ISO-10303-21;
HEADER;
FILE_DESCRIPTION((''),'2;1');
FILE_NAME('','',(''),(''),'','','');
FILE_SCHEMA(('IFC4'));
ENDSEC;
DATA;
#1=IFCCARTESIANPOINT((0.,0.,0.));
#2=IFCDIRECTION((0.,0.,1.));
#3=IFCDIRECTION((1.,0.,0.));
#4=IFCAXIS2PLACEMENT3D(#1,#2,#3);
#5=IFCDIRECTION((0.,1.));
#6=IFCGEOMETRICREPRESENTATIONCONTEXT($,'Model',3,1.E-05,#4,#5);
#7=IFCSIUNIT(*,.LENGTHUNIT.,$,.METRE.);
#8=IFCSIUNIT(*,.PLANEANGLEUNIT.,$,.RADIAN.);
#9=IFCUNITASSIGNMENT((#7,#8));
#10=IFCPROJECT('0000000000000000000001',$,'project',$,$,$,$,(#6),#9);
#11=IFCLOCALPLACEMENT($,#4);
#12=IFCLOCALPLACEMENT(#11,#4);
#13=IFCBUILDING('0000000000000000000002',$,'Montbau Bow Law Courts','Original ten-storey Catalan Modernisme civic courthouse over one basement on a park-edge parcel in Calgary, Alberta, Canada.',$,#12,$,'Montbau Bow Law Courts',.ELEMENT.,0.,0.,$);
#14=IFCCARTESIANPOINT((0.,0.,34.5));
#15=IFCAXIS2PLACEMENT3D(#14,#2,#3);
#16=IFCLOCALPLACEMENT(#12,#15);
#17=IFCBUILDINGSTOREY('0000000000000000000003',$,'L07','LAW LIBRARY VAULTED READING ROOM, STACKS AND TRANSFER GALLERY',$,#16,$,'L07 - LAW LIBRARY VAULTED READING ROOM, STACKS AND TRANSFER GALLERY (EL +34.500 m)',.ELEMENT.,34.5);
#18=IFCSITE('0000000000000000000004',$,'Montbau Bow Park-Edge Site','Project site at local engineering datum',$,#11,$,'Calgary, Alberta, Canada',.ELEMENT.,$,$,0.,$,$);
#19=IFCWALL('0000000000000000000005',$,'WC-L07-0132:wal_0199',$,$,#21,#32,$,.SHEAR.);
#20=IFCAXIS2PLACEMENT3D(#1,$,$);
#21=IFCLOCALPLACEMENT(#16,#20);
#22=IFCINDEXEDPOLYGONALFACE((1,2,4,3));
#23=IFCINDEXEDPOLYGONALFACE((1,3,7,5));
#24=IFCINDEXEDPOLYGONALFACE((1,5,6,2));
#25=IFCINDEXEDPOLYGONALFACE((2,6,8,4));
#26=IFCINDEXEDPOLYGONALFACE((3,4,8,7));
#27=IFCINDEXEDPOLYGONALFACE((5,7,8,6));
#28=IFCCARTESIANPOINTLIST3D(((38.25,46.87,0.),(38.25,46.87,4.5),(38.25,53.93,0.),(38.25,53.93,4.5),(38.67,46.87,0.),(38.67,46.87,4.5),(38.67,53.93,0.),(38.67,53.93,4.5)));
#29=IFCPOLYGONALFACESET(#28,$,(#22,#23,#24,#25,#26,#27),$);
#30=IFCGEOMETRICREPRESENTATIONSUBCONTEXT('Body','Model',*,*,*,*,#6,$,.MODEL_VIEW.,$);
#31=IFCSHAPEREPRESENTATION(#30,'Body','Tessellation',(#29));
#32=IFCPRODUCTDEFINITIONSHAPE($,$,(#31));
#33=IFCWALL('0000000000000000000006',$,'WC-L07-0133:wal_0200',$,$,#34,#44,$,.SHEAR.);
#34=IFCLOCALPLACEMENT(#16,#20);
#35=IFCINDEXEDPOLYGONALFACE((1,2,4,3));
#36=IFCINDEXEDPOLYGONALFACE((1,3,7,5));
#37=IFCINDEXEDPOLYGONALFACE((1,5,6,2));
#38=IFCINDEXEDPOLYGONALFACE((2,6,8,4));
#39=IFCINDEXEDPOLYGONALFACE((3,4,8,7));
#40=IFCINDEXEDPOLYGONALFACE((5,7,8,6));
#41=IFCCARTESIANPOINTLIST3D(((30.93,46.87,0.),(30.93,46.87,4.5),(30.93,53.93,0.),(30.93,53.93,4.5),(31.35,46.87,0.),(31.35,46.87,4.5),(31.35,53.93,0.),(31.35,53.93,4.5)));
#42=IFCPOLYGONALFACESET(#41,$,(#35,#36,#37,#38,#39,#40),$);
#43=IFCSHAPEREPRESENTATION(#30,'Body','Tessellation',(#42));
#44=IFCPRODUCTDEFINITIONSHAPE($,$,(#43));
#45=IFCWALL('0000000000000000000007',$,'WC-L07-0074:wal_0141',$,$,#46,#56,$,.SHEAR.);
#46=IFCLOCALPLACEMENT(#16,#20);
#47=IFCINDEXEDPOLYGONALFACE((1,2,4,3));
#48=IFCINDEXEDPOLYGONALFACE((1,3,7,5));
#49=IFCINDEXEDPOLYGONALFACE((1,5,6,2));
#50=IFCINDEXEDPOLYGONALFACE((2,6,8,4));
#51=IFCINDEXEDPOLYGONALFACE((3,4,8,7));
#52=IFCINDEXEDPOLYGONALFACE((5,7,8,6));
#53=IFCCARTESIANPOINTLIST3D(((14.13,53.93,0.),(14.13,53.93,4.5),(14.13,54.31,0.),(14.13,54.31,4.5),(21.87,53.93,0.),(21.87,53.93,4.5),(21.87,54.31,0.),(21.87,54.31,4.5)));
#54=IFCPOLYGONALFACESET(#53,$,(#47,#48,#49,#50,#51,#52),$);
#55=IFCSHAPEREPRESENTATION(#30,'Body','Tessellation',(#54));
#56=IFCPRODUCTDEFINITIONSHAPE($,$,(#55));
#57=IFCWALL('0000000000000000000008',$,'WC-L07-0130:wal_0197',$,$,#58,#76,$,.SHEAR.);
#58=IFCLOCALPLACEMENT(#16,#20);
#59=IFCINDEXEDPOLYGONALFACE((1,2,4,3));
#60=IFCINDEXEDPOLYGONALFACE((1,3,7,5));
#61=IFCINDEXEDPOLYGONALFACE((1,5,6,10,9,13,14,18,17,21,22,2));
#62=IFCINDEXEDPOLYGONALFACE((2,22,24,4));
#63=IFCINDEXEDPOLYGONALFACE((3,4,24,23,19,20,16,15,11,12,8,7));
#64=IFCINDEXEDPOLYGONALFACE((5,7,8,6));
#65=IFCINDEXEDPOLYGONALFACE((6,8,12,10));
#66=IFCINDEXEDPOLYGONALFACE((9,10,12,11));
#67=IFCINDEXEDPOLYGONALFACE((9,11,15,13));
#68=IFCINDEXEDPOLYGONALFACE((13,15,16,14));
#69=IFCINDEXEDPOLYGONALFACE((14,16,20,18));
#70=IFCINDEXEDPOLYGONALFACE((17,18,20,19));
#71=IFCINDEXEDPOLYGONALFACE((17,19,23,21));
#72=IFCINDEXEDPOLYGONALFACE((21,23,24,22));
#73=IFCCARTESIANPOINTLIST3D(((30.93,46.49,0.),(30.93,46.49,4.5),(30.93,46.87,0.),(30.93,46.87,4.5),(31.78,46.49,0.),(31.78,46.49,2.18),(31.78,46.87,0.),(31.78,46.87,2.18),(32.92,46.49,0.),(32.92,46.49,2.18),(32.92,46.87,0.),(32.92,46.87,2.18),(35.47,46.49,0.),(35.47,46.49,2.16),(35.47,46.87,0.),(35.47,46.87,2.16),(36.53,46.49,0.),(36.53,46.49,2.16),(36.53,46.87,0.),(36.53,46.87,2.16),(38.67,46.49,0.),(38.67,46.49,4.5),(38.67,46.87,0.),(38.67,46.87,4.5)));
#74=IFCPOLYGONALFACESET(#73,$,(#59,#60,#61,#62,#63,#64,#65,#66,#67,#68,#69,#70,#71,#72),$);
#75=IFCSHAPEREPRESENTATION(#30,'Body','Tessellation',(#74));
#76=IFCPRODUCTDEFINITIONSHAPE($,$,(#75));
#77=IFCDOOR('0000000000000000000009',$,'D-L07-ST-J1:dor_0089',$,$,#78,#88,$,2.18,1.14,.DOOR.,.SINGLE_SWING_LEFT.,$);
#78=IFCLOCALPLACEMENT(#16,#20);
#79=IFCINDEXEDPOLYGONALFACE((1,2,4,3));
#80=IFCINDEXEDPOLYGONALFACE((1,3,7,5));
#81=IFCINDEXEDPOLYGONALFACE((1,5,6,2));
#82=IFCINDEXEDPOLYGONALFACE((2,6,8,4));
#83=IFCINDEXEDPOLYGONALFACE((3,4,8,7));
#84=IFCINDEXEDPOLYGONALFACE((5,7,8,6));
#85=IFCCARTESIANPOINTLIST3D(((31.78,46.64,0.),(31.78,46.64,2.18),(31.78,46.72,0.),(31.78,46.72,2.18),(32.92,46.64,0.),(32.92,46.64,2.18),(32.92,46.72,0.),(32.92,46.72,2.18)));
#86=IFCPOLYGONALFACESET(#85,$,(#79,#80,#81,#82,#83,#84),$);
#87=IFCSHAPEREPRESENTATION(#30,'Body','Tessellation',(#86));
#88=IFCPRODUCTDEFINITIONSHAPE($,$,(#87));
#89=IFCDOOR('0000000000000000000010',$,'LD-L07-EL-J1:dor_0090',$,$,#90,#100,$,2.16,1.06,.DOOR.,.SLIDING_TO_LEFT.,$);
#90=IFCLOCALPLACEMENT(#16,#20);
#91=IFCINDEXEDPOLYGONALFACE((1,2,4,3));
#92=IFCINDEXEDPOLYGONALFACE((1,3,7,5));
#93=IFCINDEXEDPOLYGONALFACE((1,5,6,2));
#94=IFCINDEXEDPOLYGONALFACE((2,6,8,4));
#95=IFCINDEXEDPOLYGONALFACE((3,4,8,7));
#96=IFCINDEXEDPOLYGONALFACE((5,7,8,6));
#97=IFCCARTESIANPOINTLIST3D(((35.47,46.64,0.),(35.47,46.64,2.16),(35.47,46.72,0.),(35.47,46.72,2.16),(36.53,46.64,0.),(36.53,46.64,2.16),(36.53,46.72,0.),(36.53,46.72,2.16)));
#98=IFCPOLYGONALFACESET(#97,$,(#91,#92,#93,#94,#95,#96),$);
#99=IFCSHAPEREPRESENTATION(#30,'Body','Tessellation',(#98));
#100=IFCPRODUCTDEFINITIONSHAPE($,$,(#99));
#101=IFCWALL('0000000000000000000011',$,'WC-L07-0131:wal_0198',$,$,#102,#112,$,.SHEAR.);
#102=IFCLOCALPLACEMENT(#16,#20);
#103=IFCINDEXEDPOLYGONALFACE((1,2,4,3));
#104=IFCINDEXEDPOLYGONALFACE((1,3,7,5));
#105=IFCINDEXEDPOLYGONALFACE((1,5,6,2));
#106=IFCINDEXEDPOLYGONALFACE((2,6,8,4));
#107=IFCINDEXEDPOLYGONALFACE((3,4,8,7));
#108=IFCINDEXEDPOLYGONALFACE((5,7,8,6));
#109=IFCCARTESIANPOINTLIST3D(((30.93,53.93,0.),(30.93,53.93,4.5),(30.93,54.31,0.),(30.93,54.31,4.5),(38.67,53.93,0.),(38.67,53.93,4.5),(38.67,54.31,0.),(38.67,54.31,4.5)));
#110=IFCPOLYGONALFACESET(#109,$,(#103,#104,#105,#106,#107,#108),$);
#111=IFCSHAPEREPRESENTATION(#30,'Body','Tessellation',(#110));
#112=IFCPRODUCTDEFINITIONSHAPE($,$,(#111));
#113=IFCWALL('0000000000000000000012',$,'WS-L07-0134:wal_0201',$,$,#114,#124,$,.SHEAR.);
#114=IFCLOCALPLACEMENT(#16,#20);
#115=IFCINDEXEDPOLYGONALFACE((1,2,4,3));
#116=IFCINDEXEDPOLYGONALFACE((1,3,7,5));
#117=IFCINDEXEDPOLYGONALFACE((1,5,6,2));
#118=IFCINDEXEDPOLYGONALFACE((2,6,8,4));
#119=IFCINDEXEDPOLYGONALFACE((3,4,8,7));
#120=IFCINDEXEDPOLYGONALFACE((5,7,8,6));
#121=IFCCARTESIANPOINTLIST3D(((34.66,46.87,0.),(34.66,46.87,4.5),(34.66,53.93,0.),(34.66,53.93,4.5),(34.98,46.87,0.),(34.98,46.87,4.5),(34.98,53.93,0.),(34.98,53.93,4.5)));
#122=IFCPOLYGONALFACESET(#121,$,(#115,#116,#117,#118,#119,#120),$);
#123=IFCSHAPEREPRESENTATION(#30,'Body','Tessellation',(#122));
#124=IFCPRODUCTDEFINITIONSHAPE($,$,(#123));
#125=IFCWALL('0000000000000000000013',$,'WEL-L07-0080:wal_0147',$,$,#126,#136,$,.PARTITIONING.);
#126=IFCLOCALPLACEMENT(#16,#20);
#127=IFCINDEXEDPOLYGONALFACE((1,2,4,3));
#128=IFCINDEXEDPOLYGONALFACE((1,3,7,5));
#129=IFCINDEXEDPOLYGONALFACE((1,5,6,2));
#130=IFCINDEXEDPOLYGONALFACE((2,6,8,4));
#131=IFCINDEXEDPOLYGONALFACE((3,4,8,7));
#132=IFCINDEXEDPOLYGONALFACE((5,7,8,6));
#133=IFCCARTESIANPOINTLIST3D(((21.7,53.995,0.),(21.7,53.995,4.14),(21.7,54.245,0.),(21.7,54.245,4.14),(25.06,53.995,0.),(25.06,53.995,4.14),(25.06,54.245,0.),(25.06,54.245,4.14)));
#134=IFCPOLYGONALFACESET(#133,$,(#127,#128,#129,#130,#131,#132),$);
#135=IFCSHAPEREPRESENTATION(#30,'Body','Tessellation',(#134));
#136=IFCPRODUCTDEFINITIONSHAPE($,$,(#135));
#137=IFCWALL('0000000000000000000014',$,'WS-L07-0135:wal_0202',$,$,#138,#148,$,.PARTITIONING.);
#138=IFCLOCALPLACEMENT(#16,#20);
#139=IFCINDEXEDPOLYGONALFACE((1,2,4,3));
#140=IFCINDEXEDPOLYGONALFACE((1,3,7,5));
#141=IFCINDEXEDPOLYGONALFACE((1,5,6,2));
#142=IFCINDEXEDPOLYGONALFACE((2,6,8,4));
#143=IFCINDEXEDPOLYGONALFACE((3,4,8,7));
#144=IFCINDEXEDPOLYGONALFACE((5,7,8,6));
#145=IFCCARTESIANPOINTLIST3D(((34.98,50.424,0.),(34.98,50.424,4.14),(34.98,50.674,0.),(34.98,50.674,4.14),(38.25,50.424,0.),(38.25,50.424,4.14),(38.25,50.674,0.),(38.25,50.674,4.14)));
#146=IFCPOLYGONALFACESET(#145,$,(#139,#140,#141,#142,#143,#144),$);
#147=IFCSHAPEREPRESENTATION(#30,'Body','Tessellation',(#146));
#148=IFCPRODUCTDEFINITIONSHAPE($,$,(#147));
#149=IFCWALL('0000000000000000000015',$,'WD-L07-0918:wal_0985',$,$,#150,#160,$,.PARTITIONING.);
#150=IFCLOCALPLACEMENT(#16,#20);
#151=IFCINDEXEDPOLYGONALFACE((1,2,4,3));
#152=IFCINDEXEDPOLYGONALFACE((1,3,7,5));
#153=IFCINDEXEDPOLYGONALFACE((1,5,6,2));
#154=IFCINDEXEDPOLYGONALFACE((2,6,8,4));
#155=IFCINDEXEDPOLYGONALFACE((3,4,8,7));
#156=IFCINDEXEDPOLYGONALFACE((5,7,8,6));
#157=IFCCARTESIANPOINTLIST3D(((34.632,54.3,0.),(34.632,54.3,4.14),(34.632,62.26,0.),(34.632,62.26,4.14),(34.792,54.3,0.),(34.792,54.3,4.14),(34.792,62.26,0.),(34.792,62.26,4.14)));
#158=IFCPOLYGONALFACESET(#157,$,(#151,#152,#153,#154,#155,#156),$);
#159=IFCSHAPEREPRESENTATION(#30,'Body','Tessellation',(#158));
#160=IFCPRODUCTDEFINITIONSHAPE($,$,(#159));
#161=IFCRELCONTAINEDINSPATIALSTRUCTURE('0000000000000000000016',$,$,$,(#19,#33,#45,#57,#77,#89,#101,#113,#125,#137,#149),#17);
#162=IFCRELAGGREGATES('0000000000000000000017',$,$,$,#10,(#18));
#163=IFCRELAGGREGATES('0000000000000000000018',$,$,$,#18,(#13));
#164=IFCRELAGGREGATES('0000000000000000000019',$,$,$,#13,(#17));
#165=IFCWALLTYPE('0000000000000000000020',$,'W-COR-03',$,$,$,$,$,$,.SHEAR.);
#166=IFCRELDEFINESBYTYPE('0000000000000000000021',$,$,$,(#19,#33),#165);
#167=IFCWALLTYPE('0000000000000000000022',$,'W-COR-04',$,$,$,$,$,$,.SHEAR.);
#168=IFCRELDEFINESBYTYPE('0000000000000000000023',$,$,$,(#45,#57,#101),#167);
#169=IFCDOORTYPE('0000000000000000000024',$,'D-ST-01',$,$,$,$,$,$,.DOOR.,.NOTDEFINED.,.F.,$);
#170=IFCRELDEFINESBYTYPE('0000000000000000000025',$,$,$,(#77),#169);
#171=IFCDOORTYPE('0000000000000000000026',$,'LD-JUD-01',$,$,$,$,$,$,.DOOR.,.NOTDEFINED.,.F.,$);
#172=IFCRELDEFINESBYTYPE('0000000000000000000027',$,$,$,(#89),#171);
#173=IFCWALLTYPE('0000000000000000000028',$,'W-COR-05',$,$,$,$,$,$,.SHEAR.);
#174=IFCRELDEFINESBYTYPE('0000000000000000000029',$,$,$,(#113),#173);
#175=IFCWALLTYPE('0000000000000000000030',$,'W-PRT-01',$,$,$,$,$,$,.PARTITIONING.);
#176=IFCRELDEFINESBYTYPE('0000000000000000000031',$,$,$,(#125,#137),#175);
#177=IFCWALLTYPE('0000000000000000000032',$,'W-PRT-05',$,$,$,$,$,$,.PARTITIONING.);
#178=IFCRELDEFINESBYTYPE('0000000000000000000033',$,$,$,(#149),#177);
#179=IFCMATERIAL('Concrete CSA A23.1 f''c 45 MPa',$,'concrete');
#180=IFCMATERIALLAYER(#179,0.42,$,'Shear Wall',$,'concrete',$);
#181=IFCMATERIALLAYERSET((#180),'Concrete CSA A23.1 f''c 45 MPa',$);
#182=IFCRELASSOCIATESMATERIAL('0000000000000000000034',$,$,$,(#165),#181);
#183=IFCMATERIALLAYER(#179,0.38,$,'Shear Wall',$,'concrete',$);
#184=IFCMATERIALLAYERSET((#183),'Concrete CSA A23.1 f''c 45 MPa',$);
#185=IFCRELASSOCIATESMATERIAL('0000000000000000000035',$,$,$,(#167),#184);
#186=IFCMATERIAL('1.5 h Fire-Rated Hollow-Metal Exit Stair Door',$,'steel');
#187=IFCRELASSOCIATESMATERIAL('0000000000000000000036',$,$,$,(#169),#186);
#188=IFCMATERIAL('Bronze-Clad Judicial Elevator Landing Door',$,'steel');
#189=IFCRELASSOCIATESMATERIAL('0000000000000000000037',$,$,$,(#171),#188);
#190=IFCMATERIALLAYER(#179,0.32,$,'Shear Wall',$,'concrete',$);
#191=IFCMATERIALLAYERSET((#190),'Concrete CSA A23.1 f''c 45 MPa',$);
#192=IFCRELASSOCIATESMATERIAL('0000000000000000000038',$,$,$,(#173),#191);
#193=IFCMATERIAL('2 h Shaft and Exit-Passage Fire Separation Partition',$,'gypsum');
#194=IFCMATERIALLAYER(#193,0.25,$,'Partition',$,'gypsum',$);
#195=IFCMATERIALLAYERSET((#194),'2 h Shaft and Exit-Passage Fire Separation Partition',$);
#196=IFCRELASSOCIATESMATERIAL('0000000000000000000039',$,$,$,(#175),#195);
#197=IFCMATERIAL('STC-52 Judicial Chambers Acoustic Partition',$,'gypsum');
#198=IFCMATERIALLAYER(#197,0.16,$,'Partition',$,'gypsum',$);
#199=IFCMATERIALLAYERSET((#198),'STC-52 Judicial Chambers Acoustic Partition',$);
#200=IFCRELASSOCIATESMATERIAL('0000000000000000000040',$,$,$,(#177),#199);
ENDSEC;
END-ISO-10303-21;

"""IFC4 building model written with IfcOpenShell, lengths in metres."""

from ifc_helpers import new_model, si_unit, direction, frame, frame_2d, origin_with_axes, place, context, subcontext, project, spatial, rectangle, extrude, material, layer, layer_set, type_object, element, fill, save


model = new_model("IFC4")

# Units and contexts
model_context = context("Model", 3, precision=1e-05, world=origin_with_axes(), true_north=direction((0.0, 1.0)))
body_context = subcontext(model_context, "Body", "Model", "MODEL_VIEW")
ifc_project = project(units=[si_unit("LENGTHUNIT", "METRE"), si_unit("PLANEANGLEUNIT", "RADIAN")], contexts=[model_context])

# Site, building, storey
site_placement = place(None, origin_with_axes())
site = spatial("IfcSite", under=ifc_project, at=site_placement, Name="Montbau Bow Park-Edge Site", Description="Project site at local engineering datum", LongName="Calgary, Alberta, Canada", CompositionType="ELEMENT", RefElevation=0.0)
building_placement = place(site_placement, origin_with_axes())
building = spatial("IfcBuilding", under=site, at=building_placement, Name="Montbau Bow Law Courts", Description="Original ten-storey Catalan Modernisme civic courthouse over one basement on a park-edge parcel in Calgary, Alberta, Canada.", LongName="Montbau Bow Law Courts", CompositionType="ELEMENT", ElevationOfRefHeight=0.0, ElevationOfTerrain=0.0)
storey_placement = place(building_placement, frame((0.0, 0.0, 34.5), z_axis=(0.0, 0.0, 1.0), x_axis=(1.0, 0.0, 0.0)))
storey = spatial("IfcBuildingStorey", under=building, at=storey_placement, Name="L07", Description="LAW LIBRARY VAULTED READING ROOM, STACKS AND TRANSFER GALLERY", LongName="L07 - LAW LIBRARY VAULTED READING ROOM, STACKS AND TRANSFER GALLERY (EL +34.500 m)", CompositionType="ELEMENT", Elevation=34.5)

# Walls
ifc_material_1 = material(Name="Concrete CSA A23.1 f'c 45 MPa", Category="concrete")
ifc_layer_1 = layer(ifc_material_1, 0.42, Name="Shear Wall", Category="concrete")
ifc_layer_set_1 = layer_set([ifc_layer_1], Name="Concrete CSA A23.1 f'c 45 MPa")
wall_type_1 = type_object("IfcWallType", Name="W-COR-03", PredefinedType="SHEAR", material=ifc_layer_set_1)
for number, where, z_axis, x_axis, name in (
    (1, (38.46, 46.87, 34.5), (0.0, 0.0, 1.0), (0.0, 1.0, 0.0), "WC-L07-0132:wal_0199"),
    (2, (31.14, 53.93, 34.5), (0.0, 0.0, 1.0), (0.0, -1.0, 0.0), "WC-L07-0133:wal_0200"),
):
    element("IfcWall", number, at=place(None, frame(where, z_axis=z_axis, x_axis=x_axis)), inside=storey, type_object=wall_type_1, Name=name, PredefinedType="SHEAR", context=body_context, shape_type="SweptSolid", body=[
        extrude(rectangle(XDim=7.06, YDim=0.42, at=frame_2d((3.53, 0.0), x_axis=(1.0, 0.0))), origin_with_axes(), (0.0, 0.0, 1.0), 4.5),
    ])
ifc_layer_2 = layer(ifc_material_1, 0.38, Name="Shear Wall", Category="concrete")
ifc_layer_set_2 = layer_set([ifc_layer_2], Name="Concrete CSA A23.1 f'c 45 MPa")
wall_type_2 = type_object("IfcWallType", Name="W-COR-04", PredefinedType="SHEAR", material=ifc_layer_set_2)
wall_1_placement = place(None, frame((21.87, 54.12, 34.5), z_axis=(0.0, 0.0, 1.0), x_axis=(-1.0, 0.0, 0.0)))
element("IfcWall", 3, at=wall_1_placement, inside=storey, type_object=wall_type_2, Name="WC-L07-0074:wal_0141", PredefinedType="SHEAR", context=body_context, shape_type="SweptSolid", body=[
    extrude(rectangle(XDim=7.74, YDim=0.38, at=frame_2d((3.87, 0.0), x_axis=(1.0, 0.0))), origin_with_axes(), (0.0, 0.0, 1.0), 4.5),
])

# Wall, openings, doors
wall_2_placement = place(None, frame((30.93, 46.68, 34.5), z_axis=(0.0, 0.0, 1.0), x_axis=(1.0, 0.0, 0.0)))
wall_2 = element("IfcWall", 4, at=wall_2_placement, inside=storey, type_object=wall_type_2, Name="WC-L07-0130:wal_0197", PredefinedType="SHEAR", context=body_context, shape_type="SweptSolid", body=[
    extrude(rectangle(XDim=7.74, YDim=0.38, at=frame_2d((3.87, 0.0), x_axis=(1.0, 0.0))), origin_with_axes(), (0.0, 0.0, 1.0), 4.5),
])
opening_1_placement = place(None, frame((32.35, 46.68, 34.5), z_axis=(0.0, 0.0, 1.0), x_axis=(1.0, 0.0, 0.0)))
opening_1 = element("IfcOpeningElement", 5, at=opening_1_placement, cuts=wall_2, PredefinedType="OPENING", context=body_context, shape_type="SweptSolid", body=[
    extrude(rectangle(XDim=1.14, YDim=2.18, at=frame_2d((0.0, 1.09), x_axis=(1.0, 0.0))), frame((0.0, 0.2, 0.0), z_axis=(0.0, -1.0, 0.0), x_axis=(1.0, 0.0, 0.0)), (0.0, 0.0, 1.0), 0.4),
])
opening_2_placement = place(None, frame((36.0, 46.68, 34.5), z_axis=(0.0, 0.0, 1.0), x_axis=(1.0, 0.0, 0.0)))
opening_2 = element("IfcOpeningElement", 6, at=opening_2_placement, cuts=wall_2, PredefinedType="OPENING", context=body_context, shape_type="SweptSolid", body=[
    extrude(rectangle(XDim=1.06, YDim=2.16, at=frame_2d((0.0, 1.08), x_axis=(1.0, 0.0))), frame((0.0, 0.2, 0.0), z_axis=(0.0, -1.0, 0.0), x_axis=(1.0, 0.0, 0.0)), (0.0, 0.0, 1.0), 0.4),
])
ifc_material_2 = material(Name="1.5 h Fire-Rated Hollow-Metal Exit Stair Door", Category="steel")
door_type_1 = type_object("IfcDoorType", Name="D-ST-01", OperationType="NOTDEFINED", ParameterTakesPrecedence=False, PredefinedType="DOOR", material=ifc_material_2)
door_1_placement = place(None, frame((32.35, 46.68, 34.5), z_axis=(0.0, 0.0, 1.0), x_axis=(-1.0, 0.0, 0.0)))
door_1 = element("IfcDoor", 7, at=door_1_placement, inside=storey, type_object=door_type_1, Name="D-L07-ST-J1:dor_0089", OperationType="SINGLE_SWING_LEFT", OverallHeight=2.18, OverallWidth=1.14, PredefinedType="DOOR", context=body_context, shape_type="SweptSolid", body=[
    extrude(rectangle(XDim=1.14, YDim=2.18, at=frame_2d((0.0, 1.09), x_axis=(1.0, 0.0))), frame((0.0, 0.04, 0.0), z_axis=(0.0, -1.0, 0.0), x_axis=(1.0, 0.0, 0.0)), (0.0, 0.0, 1.0), 0.08),
])
fill(opening_1, door_1)
ifc_material_3 = material(Name="Bronze-Clad Judicial Elevator Landing Door", Category="steel")
door_type_2 = type_object("IfcDoorType", Name="LD-JUD-01", OperationType="NOTDEFINED", ParameterTakesPrecedence=False, PredefinedType="DOOR", material=ifc_material_3)
door_2_placement = place(None, frame((36.0, 46.68, 34.5), z_axis=(0.0, 0.0, 1.0), x_axis=(-1.0, 0.0, 0.0)))
door_2 = element("IfcDoor", 8, at=door_2_placement, inside=storey, type_object=door_type_2, Name="LD-L07-EL-J1:dor_0090", OperationType="SLIDING_TO_LEFT", OverallHeight=2.16, OverallWidth=1.06, PredefinedType="DOOR", context=body_context, shape_type="SweptSolid", body=[
    extrude(rectangle(XDim=1.06, YDim=2.16, at=frame_2d((0.0, 1.08), x_axis=(1.0, 0.0))), frame((0.0, 0.04, 0.0), z_axis=(0.0, -1.0, 0.0), x_axis=(1.0, 0.0, 0.0)), (0.0, 0.0, 1.0), 0.08),
])
fill(opening_2, door_2)

# Walls
wall_3_placement = place(None, frame((38.67, 54.12, 34.5), z_axis=(0.0, 0.0, 1.0), x_axis=(-1.0, 0.0, 0.0)))
element("IfcWall", 9, at=wall_3_placement, inside=storey, type_object=wall_type_2, Name="WC-L07-0131:wal_0198", PredefinedType="SHEAR", context=body_context, shape_type="SweptSolid", body=[
    extrude(rectangle(XDim=7.74, YDim=0.38, at=frame_2d((3.87, 0.0), x_axis=(1.0, 0.0))), origin_with_axes(), (0.0, 0.0, 1.0), 4.5),
])
ifc_layer_3 = layer(ifc_material_1, 0.32, Name="Shear Wall", Category="concrete")
ifc_layer_set_3 = layer_set([ifc_layer_3], Name="Concrete CSA A23.1 f'c 45 MPa")
wall_type_3 = type_object("IfcWallType", Name="W-COR-05", PredefinedType="SHEAR", material=ifc_layer_set_3)
wall_4_placement = place(None, frame((34.82, 46.87, 34.5), z_axis=(0.0, 0.0, 1.0), x_axis=(0.0, 1.0, 0.0)))
element("IfcWall", 10, at=wall_4_placement, inside=storey, type_object=wall_type_3, Name="WS-L07-0134:wal_0201", PredefinedType="SHEAR", context=body_context, shape_type="SweptSolid", body=[
    extrude(rectangle(XDim=7.06, YDim=0.32, at=frame_2d((3.53, 0.0), x_axis=(1.0, 0.0))), origin_with_axes(), (0.0, 0.0, 1.0), 4.5),
])
ifc_material_4 = material(Name="2 h Shaft and Exit-Passage Fire Separation Partition", Category="gypsum")
ifc_layer_4 = layer(ifc_material_4, 0.25, Name="Partition", Category="gypsum")
ifc_layer_set_4 = layer_set([ifc_layer_4], Name="2 h Shaft and Exit-Passage Fire Separation Partition")
wall_type_4 = type_object("IfcWallType", Name="W-PRT-01", PredefinedType="PARTITIONING", material=ifc_layer_set_4)
wall_5_placement = place(None, frame((21.7, 54.12, 34.5), z_axis=(0.0, 0.0, 1.0), x_axis=(1.0, 0.0, 0.0)))
element("IfcWall", 11, at=wall_5_placement, inside=storey, type_object=wall_type_4, Name="WEL-L07-0080:wal_0147", PredefinedType="PARTITIONING", context=body_context, shape_type="SweptSolid", body=[
    extrude(rectangle(XDim=3.36, YDim=0.25, at=frame_2d((1.68, 0.0), x_axis=(1.0, 0.0))), origin_with_axes(), (0.0, 0.0, 1.0), 4.14),
])
wall_6_placement = place(None, frame((34.98, 50.549, 34.5), z_axis=(0.0, 0.0, 1.0), x_axis=(1.0, 0.0, 0.0)))
element("IfcWall", 12, at=wall_6_placement, inside=storey, type_object=wall_type_4, Name="WS-L07-0135:wal_0202", PredefinedType="PARTITIONING", context=body_context, shape_type="SweptSolid", body=[
    extrude(rectangle(XDim=3.27, YDim=0.25, at=frame_2d((1.635, 0.0), x_axis=(1.0, 0.0))), origin_with_axes(), (0.0, 0.0, 1.0), 4.14),
])
ifc_material_5 = material(Name="STC-52 Judicial Chambers Acoustic Partition", Category="gypsum")
ifc_layer_5 = layer(ifc_material_5, 0.16, Name="Partition", Category="gypsum")
ifc_layer_set_5 = layer_set([ifc_layer_5], Name="STC-52 Judicial Chambers Acoustic Partition")
wall_type_5 = type_object("IfcWallType", Name="W-PRT-05", PredefinedType="PARTITIONING", material=ifc_layer_set_5)
wall_7_placement = place(None, frame((34.712, 54.3, 34.5), z_axis=(0.0, 0.0, 1.0), x_axis=(0.0, 1.0, 0.0)))
element("IfcWall", 13, at=wall_7_placement, inside=storey, type_object=wall_type_5, Name="WD-L07-0918:wal_0985", PredefinedType="PARTITIONING", context=body_context, shape_type="SweptSolid", body=[
    extrude(rectangle(XDim=7.96, YDim=0.16, at=frame_2d((3.98, 0.0), x_axis=(1.0, 0.0))), origin_with_axes(), (0.0, 0.0, 1.0), 4.14),
])

save(model, "model.ifc")
